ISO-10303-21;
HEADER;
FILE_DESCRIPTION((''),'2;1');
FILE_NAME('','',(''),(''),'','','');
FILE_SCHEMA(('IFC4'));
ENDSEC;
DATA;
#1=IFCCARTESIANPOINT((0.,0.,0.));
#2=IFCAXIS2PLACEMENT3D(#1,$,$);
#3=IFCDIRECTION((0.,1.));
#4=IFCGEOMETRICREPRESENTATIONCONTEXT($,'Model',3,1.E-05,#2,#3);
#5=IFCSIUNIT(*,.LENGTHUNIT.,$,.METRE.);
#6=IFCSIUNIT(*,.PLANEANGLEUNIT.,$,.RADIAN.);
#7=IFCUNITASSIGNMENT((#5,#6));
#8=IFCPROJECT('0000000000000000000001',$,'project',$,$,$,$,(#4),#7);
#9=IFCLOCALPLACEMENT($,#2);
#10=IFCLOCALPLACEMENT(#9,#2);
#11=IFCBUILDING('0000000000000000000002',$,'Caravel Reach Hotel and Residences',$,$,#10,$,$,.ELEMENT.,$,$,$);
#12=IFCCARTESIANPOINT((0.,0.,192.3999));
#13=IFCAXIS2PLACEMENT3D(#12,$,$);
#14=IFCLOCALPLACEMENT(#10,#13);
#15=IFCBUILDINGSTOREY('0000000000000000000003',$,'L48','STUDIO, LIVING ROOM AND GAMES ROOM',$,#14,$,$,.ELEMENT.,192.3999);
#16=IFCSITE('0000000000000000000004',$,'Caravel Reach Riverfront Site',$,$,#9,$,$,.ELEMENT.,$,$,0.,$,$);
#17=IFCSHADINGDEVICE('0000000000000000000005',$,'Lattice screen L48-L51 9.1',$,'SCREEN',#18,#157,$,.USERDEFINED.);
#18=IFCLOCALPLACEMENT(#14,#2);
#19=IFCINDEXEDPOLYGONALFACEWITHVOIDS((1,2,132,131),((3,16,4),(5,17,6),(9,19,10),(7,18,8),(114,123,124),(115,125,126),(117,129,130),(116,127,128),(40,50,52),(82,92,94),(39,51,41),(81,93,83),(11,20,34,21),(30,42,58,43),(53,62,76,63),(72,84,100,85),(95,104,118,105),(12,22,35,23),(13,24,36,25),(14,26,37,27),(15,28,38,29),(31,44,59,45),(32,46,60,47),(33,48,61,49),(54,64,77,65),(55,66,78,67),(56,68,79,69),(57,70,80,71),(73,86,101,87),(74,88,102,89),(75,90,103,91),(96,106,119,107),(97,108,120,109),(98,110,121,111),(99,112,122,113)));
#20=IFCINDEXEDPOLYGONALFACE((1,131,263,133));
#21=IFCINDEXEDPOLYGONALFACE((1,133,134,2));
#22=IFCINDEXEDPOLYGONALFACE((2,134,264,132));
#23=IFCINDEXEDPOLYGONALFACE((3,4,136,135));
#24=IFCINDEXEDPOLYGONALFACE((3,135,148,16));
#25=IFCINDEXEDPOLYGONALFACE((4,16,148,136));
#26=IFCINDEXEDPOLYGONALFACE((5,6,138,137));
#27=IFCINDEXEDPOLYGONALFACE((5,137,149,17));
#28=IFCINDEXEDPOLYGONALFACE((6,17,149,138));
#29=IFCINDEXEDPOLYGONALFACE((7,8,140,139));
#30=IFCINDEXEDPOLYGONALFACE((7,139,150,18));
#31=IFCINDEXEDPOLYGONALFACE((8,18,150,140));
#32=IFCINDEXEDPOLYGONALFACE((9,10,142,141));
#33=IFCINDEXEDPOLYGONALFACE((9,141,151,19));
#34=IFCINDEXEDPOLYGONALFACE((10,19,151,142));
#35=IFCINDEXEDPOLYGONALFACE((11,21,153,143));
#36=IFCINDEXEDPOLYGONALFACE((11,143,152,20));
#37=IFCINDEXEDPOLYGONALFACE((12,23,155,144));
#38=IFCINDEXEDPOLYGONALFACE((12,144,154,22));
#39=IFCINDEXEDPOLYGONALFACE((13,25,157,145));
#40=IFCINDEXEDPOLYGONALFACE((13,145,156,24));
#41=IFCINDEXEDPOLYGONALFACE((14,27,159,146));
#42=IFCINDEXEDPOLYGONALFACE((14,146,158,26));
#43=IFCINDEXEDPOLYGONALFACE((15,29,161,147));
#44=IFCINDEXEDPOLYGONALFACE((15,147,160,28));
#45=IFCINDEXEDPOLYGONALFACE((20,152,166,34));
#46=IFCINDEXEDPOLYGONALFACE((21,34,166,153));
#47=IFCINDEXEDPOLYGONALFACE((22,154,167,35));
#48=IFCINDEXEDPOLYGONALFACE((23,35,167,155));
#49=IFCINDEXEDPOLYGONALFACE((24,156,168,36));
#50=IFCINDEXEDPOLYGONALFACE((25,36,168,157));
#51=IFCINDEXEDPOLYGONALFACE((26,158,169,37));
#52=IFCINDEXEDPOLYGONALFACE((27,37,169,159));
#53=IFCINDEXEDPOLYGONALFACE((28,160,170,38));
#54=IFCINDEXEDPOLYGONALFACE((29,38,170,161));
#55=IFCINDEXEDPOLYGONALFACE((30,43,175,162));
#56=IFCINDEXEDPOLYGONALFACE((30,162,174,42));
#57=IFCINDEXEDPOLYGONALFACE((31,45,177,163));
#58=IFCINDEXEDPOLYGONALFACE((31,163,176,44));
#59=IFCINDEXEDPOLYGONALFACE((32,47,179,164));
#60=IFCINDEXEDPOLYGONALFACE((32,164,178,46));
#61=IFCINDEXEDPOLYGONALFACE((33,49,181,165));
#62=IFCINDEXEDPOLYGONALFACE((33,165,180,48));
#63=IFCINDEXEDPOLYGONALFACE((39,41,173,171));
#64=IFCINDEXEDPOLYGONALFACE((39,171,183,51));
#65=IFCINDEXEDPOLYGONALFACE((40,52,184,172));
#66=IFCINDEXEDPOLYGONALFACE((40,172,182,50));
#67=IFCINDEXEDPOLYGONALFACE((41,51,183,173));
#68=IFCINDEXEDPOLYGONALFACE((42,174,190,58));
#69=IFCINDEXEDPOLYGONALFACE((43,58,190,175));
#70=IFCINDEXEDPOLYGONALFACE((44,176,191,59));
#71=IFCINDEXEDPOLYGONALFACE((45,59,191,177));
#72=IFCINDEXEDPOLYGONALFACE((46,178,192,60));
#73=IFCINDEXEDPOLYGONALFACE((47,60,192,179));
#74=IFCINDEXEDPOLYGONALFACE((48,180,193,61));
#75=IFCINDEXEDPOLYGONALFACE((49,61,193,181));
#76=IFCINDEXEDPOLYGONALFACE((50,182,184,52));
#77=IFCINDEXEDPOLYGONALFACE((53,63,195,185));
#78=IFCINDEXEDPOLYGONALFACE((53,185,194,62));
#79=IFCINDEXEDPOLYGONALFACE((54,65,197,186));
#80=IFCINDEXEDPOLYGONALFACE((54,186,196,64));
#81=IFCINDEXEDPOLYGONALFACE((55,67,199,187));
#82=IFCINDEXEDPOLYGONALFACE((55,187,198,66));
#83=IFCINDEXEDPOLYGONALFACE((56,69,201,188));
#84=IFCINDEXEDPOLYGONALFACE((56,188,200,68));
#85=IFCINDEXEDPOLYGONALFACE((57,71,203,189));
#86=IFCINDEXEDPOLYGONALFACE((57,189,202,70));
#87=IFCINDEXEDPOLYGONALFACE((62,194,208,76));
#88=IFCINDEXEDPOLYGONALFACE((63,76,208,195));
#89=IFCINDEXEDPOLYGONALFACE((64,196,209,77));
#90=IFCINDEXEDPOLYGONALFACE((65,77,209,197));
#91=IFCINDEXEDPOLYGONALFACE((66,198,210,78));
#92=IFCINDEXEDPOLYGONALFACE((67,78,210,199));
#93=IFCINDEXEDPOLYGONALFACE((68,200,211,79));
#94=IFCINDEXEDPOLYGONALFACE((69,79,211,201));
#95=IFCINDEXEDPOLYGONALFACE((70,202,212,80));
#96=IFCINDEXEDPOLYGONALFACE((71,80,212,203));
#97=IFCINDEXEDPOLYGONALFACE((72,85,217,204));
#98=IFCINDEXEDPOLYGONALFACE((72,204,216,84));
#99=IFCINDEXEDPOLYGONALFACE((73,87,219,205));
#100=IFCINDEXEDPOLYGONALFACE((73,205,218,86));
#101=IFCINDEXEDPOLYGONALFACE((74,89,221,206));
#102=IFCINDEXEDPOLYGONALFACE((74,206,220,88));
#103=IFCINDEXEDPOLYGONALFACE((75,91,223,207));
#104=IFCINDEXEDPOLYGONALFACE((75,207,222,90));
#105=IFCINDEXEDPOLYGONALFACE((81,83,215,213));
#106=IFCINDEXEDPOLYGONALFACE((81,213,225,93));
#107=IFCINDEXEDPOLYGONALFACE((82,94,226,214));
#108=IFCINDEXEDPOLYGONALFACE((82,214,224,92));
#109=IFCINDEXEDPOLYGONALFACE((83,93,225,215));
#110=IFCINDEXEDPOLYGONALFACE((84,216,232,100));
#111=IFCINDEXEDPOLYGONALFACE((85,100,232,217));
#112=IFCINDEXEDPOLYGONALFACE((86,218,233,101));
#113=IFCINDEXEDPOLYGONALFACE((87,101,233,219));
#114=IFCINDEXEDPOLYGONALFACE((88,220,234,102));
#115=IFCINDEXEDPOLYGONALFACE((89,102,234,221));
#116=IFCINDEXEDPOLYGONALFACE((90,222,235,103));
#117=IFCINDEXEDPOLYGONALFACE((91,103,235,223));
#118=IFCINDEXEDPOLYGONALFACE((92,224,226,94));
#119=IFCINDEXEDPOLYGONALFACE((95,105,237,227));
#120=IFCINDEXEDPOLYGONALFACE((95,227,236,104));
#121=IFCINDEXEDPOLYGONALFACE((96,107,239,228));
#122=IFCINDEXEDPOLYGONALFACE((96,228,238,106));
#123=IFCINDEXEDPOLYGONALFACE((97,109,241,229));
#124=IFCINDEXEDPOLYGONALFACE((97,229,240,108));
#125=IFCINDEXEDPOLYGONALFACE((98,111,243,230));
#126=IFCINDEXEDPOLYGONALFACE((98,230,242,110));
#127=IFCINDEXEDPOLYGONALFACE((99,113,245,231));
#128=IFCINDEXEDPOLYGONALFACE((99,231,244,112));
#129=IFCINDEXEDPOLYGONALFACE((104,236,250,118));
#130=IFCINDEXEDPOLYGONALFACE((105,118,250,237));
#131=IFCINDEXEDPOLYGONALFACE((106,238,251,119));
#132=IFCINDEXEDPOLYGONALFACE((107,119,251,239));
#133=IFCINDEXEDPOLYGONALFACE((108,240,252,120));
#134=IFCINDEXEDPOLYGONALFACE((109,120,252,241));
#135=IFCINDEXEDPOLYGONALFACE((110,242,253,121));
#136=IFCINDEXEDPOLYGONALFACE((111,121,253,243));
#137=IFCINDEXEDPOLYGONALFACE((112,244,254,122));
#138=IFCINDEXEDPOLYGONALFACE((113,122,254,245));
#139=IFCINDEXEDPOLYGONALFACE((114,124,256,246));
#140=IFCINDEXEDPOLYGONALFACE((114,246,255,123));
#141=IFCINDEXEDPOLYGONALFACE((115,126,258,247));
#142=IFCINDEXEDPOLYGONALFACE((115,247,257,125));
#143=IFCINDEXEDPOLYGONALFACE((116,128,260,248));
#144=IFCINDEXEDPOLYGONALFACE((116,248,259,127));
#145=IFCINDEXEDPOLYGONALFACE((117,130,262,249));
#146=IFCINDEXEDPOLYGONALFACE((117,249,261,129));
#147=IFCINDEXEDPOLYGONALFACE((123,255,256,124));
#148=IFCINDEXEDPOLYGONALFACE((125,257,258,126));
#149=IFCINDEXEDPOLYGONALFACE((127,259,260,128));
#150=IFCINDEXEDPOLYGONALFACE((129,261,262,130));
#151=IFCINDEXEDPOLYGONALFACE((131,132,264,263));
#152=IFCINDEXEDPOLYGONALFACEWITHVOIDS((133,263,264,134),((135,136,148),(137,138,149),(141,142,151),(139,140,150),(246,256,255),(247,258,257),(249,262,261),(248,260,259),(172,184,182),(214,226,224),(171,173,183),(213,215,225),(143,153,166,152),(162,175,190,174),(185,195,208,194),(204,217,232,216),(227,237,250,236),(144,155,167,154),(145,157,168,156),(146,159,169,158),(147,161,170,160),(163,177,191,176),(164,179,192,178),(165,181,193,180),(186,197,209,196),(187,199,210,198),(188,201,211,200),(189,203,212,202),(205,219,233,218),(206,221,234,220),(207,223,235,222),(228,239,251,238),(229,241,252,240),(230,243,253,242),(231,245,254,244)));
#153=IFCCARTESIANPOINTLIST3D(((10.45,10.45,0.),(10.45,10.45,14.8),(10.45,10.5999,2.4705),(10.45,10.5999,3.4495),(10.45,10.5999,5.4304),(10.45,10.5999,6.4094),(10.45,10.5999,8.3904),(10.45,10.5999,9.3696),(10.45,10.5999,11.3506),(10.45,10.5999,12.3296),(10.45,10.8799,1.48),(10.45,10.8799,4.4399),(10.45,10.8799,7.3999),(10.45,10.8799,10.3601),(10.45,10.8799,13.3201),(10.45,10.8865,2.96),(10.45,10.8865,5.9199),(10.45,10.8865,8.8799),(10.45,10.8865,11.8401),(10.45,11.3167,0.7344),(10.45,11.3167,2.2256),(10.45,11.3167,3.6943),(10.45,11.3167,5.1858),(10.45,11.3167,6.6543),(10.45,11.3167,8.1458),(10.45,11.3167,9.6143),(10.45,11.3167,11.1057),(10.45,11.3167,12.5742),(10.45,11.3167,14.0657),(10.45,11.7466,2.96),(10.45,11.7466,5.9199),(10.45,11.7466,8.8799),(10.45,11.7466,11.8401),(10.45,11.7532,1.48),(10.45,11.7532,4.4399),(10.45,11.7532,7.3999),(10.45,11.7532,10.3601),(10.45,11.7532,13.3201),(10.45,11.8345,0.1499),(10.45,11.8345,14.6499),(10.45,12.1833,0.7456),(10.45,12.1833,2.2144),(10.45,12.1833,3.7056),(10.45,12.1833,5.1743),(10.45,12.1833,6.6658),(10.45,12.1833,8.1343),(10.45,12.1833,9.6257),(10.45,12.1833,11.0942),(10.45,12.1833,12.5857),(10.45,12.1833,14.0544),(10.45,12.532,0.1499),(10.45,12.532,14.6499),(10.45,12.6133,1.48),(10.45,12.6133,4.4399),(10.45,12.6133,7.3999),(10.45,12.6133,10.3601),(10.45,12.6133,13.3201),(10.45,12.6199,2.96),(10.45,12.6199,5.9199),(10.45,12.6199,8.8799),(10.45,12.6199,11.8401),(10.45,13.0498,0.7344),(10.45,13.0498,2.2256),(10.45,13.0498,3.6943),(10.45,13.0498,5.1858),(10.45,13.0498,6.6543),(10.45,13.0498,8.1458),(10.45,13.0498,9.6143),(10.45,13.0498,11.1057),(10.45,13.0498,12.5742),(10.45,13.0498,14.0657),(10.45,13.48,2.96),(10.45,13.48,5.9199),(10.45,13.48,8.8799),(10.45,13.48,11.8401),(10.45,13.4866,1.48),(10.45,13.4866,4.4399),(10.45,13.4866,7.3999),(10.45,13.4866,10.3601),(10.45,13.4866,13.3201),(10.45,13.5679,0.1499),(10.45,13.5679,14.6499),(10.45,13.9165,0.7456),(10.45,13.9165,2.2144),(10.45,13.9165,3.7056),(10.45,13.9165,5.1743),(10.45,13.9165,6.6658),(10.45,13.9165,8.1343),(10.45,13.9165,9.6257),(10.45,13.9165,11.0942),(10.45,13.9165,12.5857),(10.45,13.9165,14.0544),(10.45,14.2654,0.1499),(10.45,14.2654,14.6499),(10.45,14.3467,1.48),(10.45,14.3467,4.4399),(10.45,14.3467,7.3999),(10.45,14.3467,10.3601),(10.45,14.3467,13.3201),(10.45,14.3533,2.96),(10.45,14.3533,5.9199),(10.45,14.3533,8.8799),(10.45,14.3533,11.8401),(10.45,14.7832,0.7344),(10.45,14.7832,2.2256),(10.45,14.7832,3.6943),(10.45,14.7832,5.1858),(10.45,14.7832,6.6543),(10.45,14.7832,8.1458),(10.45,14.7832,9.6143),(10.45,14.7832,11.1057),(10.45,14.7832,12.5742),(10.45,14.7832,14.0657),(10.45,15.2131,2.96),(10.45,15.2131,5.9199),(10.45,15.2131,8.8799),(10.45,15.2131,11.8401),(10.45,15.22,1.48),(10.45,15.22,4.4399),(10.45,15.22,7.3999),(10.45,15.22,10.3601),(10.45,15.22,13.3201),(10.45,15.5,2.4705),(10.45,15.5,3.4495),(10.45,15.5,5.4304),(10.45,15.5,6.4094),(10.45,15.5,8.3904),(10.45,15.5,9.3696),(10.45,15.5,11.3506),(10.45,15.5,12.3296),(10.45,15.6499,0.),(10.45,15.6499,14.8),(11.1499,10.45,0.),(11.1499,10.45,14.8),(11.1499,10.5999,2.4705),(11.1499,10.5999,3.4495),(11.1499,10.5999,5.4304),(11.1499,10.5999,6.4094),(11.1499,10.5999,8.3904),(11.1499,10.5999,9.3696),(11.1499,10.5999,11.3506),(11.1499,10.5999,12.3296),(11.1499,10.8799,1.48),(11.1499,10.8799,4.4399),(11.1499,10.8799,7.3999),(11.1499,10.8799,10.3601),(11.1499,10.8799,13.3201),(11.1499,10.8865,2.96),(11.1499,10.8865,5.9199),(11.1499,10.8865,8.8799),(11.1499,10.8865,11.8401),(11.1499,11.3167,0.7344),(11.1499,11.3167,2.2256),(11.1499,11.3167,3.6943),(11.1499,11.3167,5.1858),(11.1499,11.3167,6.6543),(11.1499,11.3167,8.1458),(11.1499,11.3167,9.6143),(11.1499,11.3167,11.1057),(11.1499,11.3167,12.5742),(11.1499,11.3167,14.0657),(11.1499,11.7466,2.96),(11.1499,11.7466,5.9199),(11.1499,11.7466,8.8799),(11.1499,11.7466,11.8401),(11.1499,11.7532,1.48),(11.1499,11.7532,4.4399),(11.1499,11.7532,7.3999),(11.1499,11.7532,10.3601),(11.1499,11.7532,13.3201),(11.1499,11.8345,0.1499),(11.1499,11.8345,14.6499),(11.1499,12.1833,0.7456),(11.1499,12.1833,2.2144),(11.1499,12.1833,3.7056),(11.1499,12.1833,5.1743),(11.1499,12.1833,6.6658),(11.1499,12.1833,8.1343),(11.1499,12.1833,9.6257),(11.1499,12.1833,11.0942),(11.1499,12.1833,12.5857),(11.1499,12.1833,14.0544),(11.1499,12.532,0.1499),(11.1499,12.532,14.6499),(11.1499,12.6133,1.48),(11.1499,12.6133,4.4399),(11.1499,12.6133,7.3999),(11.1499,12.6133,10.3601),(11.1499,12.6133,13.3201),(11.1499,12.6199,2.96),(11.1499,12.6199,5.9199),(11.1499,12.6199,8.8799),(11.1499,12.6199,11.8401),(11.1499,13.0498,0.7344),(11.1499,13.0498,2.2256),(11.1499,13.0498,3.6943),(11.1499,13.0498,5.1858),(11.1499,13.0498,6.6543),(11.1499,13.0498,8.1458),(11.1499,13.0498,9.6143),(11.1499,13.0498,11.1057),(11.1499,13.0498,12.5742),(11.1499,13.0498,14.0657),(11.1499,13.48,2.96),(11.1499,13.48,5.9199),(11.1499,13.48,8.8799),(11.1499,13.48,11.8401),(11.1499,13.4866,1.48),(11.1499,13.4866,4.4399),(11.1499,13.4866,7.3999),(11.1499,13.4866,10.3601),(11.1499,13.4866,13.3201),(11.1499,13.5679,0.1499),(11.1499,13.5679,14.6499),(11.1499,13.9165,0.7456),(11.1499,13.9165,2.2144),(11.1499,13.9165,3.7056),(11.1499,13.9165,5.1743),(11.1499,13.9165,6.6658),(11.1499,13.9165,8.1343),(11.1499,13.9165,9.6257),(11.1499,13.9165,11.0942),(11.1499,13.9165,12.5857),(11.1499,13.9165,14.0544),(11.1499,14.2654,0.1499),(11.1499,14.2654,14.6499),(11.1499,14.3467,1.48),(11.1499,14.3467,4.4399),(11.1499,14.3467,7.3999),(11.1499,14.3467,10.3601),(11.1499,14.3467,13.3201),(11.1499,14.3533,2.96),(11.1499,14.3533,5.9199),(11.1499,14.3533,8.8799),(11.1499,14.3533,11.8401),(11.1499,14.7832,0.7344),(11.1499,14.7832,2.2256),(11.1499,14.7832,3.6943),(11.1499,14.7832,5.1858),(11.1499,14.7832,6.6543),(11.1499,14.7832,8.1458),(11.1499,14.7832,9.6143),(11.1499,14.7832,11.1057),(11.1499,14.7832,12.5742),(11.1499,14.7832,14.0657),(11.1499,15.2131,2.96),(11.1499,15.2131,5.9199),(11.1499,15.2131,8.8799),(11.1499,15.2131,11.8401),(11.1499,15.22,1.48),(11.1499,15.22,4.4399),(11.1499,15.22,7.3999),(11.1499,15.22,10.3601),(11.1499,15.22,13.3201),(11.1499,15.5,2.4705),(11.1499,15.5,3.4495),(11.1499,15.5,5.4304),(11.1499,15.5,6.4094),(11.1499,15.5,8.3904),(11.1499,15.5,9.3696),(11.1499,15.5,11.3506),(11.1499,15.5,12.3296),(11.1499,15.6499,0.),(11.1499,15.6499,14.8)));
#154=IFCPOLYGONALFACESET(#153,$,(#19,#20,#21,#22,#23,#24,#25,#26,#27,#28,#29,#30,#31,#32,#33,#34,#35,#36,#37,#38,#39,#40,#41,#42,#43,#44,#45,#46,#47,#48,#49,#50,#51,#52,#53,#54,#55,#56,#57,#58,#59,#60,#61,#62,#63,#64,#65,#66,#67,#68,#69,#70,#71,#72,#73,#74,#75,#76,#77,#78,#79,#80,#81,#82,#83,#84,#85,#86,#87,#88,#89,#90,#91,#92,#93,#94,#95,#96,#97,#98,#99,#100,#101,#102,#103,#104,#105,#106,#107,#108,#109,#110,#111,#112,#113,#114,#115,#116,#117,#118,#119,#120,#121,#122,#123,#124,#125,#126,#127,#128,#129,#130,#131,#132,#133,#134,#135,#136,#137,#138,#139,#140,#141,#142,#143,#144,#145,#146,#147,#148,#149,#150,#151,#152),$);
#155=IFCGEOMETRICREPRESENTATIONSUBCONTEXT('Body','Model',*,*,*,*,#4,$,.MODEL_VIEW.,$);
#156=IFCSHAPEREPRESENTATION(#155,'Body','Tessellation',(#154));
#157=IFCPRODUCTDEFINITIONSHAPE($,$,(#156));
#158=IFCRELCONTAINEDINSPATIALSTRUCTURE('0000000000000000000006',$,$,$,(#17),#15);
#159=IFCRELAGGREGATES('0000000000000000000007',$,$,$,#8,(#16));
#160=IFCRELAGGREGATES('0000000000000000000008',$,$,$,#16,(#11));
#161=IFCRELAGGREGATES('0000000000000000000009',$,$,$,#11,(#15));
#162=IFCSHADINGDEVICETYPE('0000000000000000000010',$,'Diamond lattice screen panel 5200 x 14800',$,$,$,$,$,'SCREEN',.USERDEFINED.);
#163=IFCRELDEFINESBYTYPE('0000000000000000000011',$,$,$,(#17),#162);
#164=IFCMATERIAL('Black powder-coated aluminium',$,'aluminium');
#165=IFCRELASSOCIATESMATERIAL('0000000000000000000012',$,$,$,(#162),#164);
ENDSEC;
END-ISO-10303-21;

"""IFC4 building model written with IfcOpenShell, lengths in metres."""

from ifc_helpers import new_model, si_unit, direction, frame, origin, place, context, subcontext, project, spatial, polyline, outline, extrude, material, type_object, element, save


model = new_model("IFC4")

# Units and contexts
model_context = context("Model", 3, precision=1e-05, world=origin(), true_north=direction((0.0, 1.0)))
body_context = subcontext(model_context, "Body", "Model", "MODEL_VIEW")
ifc_project = project(units=[si_unit("LENGTHUNIT", "METRE"), si_unit("PLANEANGLEUNIT", "RADIAN")], contexts=[model_context])

# Site, building, storey
site_placement = place(None, origin())
site = spatial("IfcSite", under=ifc_project, at=site_placement, Name="Caravel Reach Riverfront Site", CompositionType="ELEMENT", RefElevation=0.0)
building_placement = place(site_placement, origin())
building = spatial("IfcBuilding", under=site, at=building_placement, Name="Caravel Reach Hotel and Residences", CompositionType="ELEMENT")
storey_placement = place(building_placement, frame((0.0, 0.0, 192.3999)))
storey = spatial("IfcBuildingStorey", under=building, at=storey_placement, Name="L48", Description="STUDIO, LIVING ROOM AND GAMES ROOM", CompositionType="ELEMENT", Elevation=192.3999)

# Shading device
ifc_material_1 = material(Name="Black powder-coated aluminium", Category="aluminium")
shading_device_type_1 = type_object("IfcShadingDeviceType", Name="Diamond lattice screen panel 5200 x 14800", ElementType="SCREEN", PredefinedType="USERDEFINED", material=ifc_material_1)
shading_device_1_placement = place(storey_placement, frame((11.1499, 15.6499, 0.0), z_axis=(-1.0, 0.0, 0.0), x_axis=(0.0, -1.0, 0.0)))
element("IfcShadingDevice", 1, at=shading_device_1_placement, inside=storey, type_object=shading_device_type_1, Name="Lattice screen L48-L51 9.1", ObjectType="SCREEN", PredefinedType="USERDEFINED", context=body_context, shape_type="SweptSolid", body=[
    extrude(outline(polyline([(0.0, 0.0), (5.2, 0.0), (5.2, 14.8), (0.0, 14.8), (0.0, 0.0)]), holes=[polyline([(0.4368, 2.96), (0.1499, 3.4495), (0.1499, 2.4705), (0.4368, 2.96)]), polyline([(0.4368, 5.9199), (0.1499, 6.4094), (0.1499, 5.4304), (0.4368, 5.9199)]), polyline([(0.4368, 8.8799), (0.1499, 9.3696), (0.1499, 8.3904), (0.4368, 8.8799)]), polyline([(0.4368, 11.8401), (0.1499, 12.3296), (0.1499, 11.3506), (0.4368, 11.8401)]), polyline([(0.8667, 2.2256), (0.4299, 1.48), (0.8667, 0.7344), (1.3032, 1.48), (0.8667, 2.2256)]), polyline([(0.8667, 5.1858), (0.4299, 4.4399), (0.8667, 3.6943), (1.3032, 4.4399), (0.8667, 5.1858)]), polyline([(0.8667, 8.1458), (0.4299, 7.3999), (0.8667, 6.6543), (1.3032, 7.3999), (0.8667, 8.1458)]), polyline([(0.8667, 11.1057), (0.4299, 10.3601), (0.8667, 9.6143), (1.3032, 10.3601), (0.8667, 11.1057)]), polyline([(0.8667, 14.0657), (0.4299, 13.3201), (0.8667, 12.5742), (1.3032, 13.3201), (0.8667, 14.0657)]), polyline([(1.7334, 0.7456), (1.3845, 0.1499), (2.082, 0.1499), (1.7334, 0.7456)]), polyline([(1.7334, 3.7056), (1.2966, 2.96), (1.7334, 2.2144), (2.1699, 2.96), (1.7334, 3.7056)]), polyline([(1.7334, 6.6658), (1.2966, 5.9199), (1.7334, 5.1743), (2.1699, 5.9199), (1.7334, 6.6658)]), polyline([(1.7334, 9.6257), (1.2966, 8.8799), (1.7334, 8.1343), (2.1699, 8.8799), (1.7334, 9.6257)]), polyline([(1.7334, 12.5857), (1.2966, 11.8401), (1.7334, 11.0942), (2.1699, 11.8401), (1.7334, 12.5857)]), polyline([(1.7334, 14.0544), (2.082, 14.6499), (1.3845, 14.6499), (1.7334, 14.0544)]), polyline([(2.6001, 2.2256), (2.1633, 1.48), (2.6001, 0.7344), (3.0366, 1.48), (2.6001, 2.2256)]), polyline([(2.6001, 5.1858), (2.1633, 4.4399), (2.6001, 3.6943), (3.0366, 4.4399), (2.6001, 5.1858)]), polyline([(2.6001, 8.1458), (2.1633, 7.3999), (2.6001, 6.6543), (3.0366, 7.3999), (2.6001, 8.1458)]), polyline([(2.6001, 11.1057), (2.1633, 10.3601), (2.6001, 9.6143), (3.0366, 10.3601), (2.6001, 11.1057)]), polyline([(2.6001, 14.0657), (2.1633, 13.3201), (2.6001, 12.5742), (3.0366, 13.3201), (2.6001, 14.0657)]), polyline([(3.4666, 0.7456), (3.1179, 0.1499), (3.8154, 0.1499), (3.4666, 0.7456)]), polyline([(3.4666, 3.7056), (3.03, 2.96), (3.4666, 2.2144), (3.9033, 2.96), (3.4666, 3.7056)]), polyline([(3.4666, 6.6658), (3.03, 5.9199), (3.4666, 5.1743), (3.9033, 5.9199), (3.4666, 6.6658)]), polyline([(3.4666, 9.6257), (3.03, 8.8799), (3.4666, 8.1343), (3.9033, 8.8799), (3.4666, 9.6257)]), polyline([(3.4666, 12.5857), (3.03, 11.8401), (3.4666, 11.0942), (3.9033, 11.8401), (3.4666, 12.5857)]), polyline([(3.4666, 14.0544), (3.8154, 14.6499), (3.1179, 14.6499), (3.4666, 14.0544)]), polyline([(4.3333, 2.2256), (3.8967, 1.48), (4.3333, 0.7344), (4.77, 1.48), (4.3333, 2.2256)]), polyline([(4.3333, 5.1858), (3.8967, 4.4399), (4.3333, 3.6943), (4.77, 4.4399), (4.3333, 5.1858)]), polyline([(4.3333, 8.1458), (3.8967, 7.3999), (4.3333, 6.6543), (4.77, 7.3999), (4.3333, 8.1458)]), polyline([(4.3333, 11.1057), (3.8967, 10.3601), (4.3333, 9.6143), (4.77, 10.3601), (4.3333, 11.1057)]), polyline([(4.3333, 14.0657), (3.8967, 13.3201), (4.3333, 12.5742), (4.77, 13.3201), (4.3333, 14.0657)]), polyline([(4.7634, 2.96), (5.05, 2.4705), (5.05, 3.4495), (4.7634, 2.96)]), polyline([(4.7634, 5.9199), (5.05, 5.4304), (5.05, 6.4094), (4.7634, 5.9199)]), polyline([(4.7634, 8.8799), (5.05, 8.3904), (5.05, 9.3696), (4.7634, 8.8799)]), polyline([(4.7634, 11.8401), (5.05, 11.3506), (5.05, 12.3296), (4.7634, 11.8401)])]), origin(), (0.0, 0.0, 1.0), 0.7),
])

save(model, "model.ifc")
